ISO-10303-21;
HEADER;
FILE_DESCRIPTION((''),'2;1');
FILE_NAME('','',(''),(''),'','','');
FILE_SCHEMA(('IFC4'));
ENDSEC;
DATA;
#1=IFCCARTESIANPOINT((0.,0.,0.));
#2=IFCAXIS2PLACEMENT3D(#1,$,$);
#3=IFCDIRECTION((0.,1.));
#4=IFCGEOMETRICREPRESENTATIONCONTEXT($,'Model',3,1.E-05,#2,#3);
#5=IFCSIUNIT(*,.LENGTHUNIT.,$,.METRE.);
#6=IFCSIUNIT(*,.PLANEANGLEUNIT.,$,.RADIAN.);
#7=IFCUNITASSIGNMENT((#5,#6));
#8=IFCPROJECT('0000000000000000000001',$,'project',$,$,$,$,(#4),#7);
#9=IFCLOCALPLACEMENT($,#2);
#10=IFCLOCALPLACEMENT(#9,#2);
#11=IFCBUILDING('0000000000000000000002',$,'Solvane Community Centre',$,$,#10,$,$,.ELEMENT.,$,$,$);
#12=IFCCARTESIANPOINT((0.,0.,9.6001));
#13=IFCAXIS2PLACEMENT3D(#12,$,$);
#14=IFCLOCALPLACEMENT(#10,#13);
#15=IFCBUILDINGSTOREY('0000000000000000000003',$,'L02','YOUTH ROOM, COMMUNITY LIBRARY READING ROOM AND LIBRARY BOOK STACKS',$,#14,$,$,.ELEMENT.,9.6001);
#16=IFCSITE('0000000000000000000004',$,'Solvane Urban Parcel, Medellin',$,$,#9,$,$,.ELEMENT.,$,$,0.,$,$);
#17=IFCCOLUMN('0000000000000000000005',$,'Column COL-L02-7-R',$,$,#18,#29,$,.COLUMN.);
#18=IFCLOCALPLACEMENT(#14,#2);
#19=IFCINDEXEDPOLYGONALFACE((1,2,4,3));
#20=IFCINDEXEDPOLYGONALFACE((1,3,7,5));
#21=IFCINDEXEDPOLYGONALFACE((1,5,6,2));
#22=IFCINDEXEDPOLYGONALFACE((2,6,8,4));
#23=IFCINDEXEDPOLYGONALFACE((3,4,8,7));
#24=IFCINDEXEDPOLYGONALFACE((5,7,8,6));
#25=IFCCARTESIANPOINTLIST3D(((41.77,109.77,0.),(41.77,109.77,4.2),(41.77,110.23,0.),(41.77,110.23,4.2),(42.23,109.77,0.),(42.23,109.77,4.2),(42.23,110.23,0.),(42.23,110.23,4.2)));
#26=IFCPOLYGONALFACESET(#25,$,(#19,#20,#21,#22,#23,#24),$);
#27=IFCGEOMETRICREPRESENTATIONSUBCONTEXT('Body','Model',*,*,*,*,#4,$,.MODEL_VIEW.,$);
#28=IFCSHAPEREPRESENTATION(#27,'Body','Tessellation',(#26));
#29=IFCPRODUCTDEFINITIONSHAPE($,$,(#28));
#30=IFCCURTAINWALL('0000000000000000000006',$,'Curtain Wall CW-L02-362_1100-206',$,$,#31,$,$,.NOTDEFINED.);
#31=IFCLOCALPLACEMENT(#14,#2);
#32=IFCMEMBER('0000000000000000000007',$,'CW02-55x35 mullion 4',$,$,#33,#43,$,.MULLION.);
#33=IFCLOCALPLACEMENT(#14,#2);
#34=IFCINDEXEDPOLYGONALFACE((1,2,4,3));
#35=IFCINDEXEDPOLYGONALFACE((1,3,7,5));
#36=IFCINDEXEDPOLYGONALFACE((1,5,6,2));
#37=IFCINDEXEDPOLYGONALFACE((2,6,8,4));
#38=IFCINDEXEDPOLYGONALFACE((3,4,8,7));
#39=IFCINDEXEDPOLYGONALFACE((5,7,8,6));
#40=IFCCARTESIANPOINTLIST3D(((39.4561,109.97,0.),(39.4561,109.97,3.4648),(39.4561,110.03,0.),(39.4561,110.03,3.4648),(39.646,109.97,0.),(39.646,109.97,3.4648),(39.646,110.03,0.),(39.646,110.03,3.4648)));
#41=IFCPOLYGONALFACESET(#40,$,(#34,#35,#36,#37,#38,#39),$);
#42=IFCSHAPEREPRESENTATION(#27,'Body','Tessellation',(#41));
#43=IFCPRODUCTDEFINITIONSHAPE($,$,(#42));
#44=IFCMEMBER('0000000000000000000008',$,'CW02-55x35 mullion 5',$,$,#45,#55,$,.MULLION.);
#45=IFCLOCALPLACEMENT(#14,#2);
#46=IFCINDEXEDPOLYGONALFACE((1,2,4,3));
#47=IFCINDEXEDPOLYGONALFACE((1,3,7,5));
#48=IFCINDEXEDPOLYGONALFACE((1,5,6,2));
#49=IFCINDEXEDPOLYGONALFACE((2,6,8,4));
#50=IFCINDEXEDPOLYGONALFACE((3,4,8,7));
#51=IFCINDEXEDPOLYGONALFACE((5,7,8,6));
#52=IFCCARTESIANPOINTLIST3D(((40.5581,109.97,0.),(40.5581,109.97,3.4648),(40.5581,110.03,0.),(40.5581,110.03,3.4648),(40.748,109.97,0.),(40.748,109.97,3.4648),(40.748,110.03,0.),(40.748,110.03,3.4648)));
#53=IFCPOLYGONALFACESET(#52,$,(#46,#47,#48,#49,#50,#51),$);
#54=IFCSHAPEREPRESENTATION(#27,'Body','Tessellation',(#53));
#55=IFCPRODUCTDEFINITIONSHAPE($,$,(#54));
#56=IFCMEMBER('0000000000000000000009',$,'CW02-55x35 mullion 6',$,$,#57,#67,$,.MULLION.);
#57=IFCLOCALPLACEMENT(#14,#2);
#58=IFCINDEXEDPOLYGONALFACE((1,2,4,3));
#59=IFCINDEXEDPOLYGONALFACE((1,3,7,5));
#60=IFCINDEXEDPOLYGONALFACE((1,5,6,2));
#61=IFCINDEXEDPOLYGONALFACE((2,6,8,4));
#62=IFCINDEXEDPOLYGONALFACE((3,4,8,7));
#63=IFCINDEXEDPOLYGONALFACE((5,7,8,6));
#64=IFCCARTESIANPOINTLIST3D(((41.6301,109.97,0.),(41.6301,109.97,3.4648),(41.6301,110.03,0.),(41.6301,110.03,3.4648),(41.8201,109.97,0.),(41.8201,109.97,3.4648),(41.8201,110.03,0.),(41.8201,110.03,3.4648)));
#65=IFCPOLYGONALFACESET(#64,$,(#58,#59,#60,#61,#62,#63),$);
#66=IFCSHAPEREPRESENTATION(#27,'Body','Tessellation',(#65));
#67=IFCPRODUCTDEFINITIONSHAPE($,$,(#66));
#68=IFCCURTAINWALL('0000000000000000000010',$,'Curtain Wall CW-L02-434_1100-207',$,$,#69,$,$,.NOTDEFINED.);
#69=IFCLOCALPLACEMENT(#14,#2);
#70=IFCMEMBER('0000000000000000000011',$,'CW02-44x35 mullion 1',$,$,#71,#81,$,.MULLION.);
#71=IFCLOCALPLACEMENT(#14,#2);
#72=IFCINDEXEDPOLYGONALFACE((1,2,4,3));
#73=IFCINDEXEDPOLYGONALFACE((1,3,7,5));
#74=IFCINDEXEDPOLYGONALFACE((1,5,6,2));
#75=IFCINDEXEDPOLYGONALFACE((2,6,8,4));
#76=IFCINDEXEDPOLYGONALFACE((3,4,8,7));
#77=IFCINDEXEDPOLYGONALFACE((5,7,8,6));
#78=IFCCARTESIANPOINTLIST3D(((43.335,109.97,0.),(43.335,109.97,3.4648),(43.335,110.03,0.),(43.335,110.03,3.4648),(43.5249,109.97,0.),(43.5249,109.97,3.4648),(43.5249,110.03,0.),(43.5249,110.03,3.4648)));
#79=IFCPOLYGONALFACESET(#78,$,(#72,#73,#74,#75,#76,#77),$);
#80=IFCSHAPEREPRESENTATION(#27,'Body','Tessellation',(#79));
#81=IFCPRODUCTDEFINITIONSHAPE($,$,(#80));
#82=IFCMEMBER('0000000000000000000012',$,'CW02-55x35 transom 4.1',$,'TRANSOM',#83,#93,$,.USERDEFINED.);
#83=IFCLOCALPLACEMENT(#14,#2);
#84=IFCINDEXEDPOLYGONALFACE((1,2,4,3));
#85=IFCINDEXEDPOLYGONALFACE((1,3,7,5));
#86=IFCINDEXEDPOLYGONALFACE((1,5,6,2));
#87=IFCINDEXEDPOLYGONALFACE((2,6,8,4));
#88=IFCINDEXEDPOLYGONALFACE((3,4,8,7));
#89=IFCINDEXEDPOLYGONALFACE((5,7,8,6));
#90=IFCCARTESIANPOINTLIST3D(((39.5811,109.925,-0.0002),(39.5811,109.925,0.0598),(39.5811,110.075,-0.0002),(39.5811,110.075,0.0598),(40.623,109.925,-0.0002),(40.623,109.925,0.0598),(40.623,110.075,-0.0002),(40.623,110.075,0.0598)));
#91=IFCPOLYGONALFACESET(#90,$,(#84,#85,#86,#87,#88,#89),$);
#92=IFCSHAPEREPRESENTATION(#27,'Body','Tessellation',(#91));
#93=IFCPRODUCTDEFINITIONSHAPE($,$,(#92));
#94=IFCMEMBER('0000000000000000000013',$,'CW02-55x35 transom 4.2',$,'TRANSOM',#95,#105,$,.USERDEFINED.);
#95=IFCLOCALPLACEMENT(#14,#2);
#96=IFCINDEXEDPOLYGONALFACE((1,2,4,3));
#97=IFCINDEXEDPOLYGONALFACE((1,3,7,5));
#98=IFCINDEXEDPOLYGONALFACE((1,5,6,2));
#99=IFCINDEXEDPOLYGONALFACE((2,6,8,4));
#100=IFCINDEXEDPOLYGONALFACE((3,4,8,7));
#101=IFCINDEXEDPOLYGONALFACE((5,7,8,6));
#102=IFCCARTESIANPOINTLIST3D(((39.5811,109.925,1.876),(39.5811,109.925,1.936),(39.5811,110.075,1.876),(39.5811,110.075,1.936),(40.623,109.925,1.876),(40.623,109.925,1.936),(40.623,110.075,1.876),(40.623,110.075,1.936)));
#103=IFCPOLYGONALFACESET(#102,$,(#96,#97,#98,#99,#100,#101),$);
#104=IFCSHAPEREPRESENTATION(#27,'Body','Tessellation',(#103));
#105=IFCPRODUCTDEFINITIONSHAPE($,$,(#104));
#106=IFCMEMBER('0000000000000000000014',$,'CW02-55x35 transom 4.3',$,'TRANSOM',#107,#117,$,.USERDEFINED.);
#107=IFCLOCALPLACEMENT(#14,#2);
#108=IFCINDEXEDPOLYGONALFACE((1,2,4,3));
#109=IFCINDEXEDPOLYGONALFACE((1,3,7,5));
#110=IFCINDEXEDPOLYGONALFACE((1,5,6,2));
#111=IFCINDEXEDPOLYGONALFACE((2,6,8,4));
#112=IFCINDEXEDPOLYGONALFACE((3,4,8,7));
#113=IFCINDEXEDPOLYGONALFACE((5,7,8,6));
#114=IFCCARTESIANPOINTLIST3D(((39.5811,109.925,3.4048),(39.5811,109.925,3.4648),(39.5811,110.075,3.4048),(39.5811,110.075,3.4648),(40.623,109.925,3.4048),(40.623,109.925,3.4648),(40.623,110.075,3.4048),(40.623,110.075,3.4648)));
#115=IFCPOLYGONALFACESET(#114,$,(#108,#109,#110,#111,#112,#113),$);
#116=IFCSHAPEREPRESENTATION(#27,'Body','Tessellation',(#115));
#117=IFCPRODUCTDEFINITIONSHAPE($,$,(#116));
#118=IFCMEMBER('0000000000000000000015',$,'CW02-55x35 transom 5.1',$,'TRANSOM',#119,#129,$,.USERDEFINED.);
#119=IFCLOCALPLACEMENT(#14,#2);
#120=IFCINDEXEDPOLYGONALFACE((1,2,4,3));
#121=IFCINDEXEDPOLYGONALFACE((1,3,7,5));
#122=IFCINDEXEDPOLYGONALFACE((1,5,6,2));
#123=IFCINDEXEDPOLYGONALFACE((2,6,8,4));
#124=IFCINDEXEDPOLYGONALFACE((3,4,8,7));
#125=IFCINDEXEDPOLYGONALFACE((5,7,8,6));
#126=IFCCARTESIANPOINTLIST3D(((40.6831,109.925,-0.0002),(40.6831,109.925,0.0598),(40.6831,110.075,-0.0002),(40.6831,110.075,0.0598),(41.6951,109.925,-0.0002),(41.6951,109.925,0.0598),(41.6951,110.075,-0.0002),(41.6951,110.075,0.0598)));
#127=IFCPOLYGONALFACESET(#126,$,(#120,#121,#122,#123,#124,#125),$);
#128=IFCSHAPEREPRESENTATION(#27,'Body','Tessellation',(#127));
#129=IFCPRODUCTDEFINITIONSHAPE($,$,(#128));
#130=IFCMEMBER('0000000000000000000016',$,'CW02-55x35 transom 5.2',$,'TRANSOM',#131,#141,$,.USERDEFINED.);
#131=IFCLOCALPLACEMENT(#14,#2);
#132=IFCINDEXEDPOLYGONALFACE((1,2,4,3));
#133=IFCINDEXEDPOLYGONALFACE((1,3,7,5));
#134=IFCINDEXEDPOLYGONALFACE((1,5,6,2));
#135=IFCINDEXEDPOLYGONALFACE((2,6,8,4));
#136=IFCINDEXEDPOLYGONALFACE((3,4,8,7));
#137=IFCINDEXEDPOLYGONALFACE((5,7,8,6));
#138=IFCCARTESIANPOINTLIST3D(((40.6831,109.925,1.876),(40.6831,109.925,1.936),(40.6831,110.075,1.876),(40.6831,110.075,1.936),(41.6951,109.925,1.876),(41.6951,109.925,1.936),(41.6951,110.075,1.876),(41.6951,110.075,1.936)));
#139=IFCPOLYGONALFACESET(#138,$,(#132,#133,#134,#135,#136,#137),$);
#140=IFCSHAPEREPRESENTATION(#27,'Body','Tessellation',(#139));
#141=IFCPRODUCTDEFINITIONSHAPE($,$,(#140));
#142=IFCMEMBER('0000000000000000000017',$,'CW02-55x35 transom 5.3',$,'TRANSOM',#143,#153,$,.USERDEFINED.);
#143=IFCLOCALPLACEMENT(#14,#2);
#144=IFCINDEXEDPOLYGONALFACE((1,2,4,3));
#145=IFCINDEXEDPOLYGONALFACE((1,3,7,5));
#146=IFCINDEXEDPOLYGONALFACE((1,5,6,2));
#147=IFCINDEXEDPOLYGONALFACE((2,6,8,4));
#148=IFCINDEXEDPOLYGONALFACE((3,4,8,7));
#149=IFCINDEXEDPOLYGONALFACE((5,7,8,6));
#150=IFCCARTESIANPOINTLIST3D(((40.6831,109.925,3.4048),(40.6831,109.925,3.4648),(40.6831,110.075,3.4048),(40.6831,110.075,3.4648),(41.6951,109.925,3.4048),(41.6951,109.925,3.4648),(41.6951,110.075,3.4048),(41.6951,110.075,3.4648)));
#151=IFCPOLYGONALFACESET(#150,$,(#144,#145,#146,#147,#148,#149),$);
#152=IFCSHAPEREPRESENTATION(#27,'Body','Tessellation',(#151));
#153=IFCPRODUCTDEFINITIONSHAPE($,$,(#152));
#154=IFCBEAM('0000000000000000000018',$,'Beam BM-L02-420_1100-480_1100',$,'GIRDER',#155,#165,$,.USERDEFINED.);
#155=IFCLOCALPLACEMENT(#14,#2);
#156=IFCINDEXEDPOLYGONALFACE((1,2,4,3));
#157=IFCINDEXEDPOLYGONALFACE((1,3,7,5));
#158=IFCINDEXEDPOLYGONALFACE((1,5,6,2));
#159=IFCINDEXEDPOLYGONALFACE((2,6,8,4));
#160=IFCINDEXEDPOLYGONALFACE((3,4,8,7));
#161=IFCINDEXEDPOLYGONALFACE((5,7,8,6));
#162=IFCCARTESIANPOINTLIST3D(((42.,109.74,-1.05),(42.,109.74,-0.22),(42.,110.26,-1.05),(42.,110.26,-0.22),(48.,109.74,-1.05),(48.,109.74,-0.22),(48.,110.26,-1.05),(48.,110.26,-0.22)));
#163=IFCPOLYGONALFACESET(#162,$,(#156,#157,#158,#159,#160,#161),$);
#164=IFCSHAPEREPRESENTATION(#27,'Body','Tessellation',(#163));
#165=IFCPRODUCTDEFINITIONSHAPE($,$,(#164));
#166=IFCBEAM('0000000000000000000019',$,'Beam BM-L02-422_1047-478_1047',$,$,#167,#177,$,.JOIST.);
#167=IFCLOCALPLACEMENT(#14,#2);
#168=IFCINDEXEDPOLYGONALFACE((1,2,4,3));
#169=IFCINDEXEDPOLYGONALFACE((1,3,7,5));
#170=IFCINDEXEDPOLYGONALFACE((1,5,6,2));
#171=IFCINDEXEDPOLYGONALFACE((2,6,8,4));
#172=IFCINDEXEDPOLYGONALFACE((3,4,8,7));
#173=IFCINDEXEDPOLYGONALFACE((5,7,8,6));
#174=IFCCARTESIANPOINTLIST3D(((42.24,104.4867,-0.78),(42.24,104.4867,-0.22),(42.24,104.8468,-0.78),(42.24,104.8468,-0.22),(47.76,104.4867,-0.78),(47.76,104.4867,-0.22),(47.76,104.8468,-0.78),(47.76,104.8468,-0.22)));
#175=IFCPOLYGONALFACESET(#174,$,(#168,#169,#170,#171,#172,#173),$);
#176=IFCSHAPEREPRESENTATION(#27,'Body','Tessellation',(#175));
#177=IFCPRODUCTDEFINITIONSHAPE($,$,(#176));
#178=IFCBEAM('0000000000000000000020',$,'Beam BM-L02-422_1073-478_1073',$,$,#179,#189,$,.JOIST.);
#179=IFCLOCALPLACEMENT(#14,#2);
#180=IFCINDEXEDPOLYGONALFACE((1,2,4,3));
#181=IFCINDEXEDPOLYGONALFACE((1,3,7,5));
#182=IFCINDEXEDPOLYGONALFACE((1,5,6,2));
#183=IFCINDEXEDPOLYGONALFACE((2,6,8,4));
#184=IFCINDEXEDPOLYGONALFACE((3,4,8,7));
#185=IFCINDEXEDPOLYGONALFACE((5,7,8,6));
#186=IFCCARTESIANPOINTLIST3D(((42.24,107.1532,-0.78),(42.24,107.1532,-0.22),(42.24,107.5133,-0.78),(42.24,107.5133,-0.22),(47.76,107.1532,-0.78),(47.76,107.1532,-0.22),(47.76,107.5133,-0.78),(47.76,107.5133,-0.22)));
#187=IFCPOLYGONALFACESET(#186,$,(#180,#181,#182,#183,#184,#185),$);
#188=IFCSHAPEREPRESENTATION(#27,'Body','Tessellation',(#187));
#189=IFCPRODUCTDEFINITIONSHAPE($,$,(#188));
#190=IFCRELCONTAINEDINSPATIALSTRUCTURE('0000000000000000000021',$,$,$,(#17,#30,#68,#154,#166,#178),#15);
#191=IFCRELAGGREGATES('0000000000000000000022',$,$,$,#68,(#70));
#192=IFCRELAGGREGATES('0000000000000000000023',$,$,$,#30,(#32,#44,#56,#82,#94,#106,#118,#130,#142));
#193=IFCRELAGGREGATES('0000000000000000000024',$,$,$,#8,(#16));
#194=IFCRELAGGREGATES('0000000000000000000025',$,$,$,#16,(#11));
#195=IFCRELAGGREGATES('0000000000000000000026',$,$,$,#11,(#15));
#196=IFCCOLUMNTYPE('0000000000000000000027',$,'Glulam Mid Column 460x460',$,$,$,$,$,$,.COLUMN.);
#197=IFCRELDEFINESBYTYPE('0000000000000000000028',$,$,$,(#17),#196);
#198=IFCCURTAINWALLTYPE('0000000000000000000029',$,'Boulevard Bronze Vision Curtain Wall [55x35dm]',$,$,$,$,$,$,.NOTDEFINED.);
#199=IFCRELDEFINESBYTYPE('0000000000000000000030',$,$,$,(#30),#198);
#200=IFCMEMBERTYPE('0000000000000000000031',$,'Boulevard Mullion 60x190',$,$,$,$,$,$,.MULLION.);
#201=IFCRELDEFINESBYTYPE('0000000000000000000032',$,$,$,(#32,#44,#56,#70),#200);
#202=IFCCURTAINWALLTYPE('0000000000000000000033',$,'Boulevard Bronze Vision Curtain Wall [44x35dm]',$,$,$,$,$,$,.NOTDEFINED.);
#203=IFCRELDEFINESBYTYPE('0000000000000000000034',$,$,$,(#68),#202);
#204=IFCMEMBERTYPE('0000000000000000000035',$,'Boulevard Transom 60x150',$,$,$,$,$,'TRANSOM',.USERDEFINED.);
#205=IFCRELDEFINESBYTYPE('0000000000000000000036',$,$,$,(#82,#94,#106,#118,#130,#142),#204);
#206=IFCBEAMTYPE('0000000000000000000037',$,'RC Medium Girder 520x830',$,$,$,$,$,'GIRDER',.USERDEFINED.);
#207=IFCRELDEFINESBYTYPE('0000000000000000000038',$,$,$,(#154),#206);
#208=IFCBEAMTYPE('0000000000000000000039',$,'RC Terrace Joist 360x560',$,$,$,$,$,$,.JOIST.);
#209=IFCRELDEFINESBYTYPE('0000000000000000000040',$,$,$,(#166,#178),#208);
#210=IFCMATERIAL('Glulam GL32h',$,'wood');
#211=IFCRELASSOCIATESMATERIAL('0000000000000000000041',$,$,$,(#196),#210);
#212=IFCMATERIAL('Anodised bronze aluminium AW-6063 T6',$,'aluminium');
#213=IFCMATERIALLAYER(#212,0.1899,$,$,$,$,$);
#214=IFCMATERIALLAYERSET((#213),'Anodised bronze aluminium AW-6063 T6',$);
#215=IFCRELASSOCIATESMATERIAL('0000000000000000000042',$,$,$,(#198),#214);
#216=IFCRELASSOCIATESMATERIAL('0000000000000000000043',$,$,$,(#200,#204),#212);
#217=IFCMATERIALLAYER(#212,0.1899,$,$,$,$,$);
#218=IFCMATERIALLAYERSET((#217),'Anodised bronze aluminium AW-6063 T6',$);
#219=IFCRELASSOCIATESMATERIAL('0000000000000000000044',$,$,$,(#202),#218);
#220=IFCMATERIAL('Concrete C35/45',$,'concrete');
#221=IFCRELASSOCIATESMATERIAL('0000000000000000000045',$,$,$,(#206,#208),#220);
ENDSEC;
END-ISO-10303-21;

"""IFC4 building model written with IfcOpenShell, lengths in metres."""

from ifc_helpers import new_model, si_unit, direction, frame, origin, origin_2d, place, context, subcontext, project, spatial, rectangle, extrude, material, layer, layer_set, material_profile, profile_set, type_object, element, aggregate, save


model = new_model("IFC4")

# Units and contexts
model_context = context("Model", 3, precision=1e-05, world=origin(), true_north=direction((0.0, 1.0)))
body_context = subcontext(model_context, "Body", "Model", "MODEL_VIEW")
ifc_project = project(units=[si_unit("LENGTHUNIT", "METRE"), si_unit("PLANEANGLEUNIT", "RADIAN")], contexts=[model_context])

# Site, building, storey
site_placement = place(None, origin())
site = spatial("IfcSite", under=ifc_project, at=site_placement, Name="Solvane Urban Parcel, Medellin", CompositionType="ELEMENT", RefElevation=0.0)
building_placement = place(site_placement, origin())
building = spatial("IfcBuilding", under=site, at=building_placement, Name="Solvane Community Centre", CompositionType="ELEMENT")
storey_placement = place(building_placement, frame((0.0, 0.0, 9.6001)))
storey = spatial("IfcBuildingStorey", under=building, at=storey_placement, Name="L02", Description="YOUTH ROOM, COMMUNITY LIBRARY READING ROOM AND LIBRARY BOOK STACKS", CompositionType="ELEMENT", Elevation=9.6001)

# Column
ifc_material_1 = material(Name="Glulam GL32h", Category="wood")
ifc_material_profile_1 = material_profile(ifc_material_1, rectangle(XDim=0.46, YDim=0.46, at=origin_2d()), Name="GL32h 460x460")
ifc_profile_set_1 = profile_set([ifc_material_profile_1], Name="Glulam GL32h")
column_type = type_object("IfcColumnType", Name="Glulam Mid Column 460x460", PredefinedType="COLUMN", material=ifc_profile_set_1)
column_placement = place(storey_placement, frame((42.0, 110.0, 0.0), z_axis=(0.0, 0.0, 1.0), x_axis=(1.0, 0.0, 0.0)))
element("IfcColumn", 1, at=column_placement, inside=storey, type_object=column_type, Name="Column COL-L02-7-R", PredefinedType="COLUMN", context=body_context, shape_type="SweptSolid", body=[
    extrude(rectangle(XDim=0.46, YDim=0.46, at=origin_2d()), origin(), (0.0, 0.0, 1.0), 4.2),
])

# Curtain wall, members
ifc_material_2 = material(Name="Anodised bronze aluminium AW-6063 T6", Category="aluminium")
ifc_layer_1 = layer(ifc_material_2, 0.1899)
ifc_layer_set_1 = layer_set([ifc_layer_1], Name="Anodised bronze aluminium AW-6063 T6")
curtain_wall_type_1 = type_object("IfcCurtainWallType", Name="Boulevard Bronze Vision Curtain Wall [55x35dm]", PredefinedType="NOTDEFINED", material=ifc_layer_set_1)
curtain_wall_1_placement = place(storey_placement, origin())
curtain_wall_1 = element("IfcCurtainWall", 2, at=curtain_wall_1_placement, inside=storey, type_object=curtain_wall_type_1, Name="Curtain Wall CW-L02-362_1100-206", PredefinedType="NOTDEFINED")
ifc_material_profile_2 = material_profile(ifc_material_2, rectangle(XDim=0.0601, YDim=0.1899, at=origin_2d()), Name="CW-M 60x190")
ifc_profile_set_2 = profile_set([ifc_material_profile_2], Name="Anodised bronze aluminium AW-6063 T6")
member_type_1 = type_object("IfcMemberType", Name="Boulevard Mullion 60x190", PredefinedType="MULLION", material=ifc_profile_set_2)
member_1_placement = place(storey_placement, frame((39.551, 110.0, 0.0), z_axis=(0.0, 0.0, 1.0), x_axis=(0.0, 1.0, 0.0)))
member_1 = element("IfcMember", 3, at=member_1_placement, type_object=member_type_1, Name="CW02-55x35 mullion 4", PredefinedType="MULLION", context=body_context, shape_type="SweptSolid", body=[
    extrude(rectangle(XDim=0.0601, YDim=0.1899, at=origin_2d()), origin(), (0.0, 0.0, 1.0), 3.4648),
])
member_2_placement = place(storey_placement, frame((40.6531, 110.0, 0.0), z_axis=(0.0, 0.0, 1.0), x_axis=(0.0, 1.0, 0.0)))
member_2 = element("IfcMember", 4, at=member_2_placement, type_object=member_type_1, Name="CW02-55x35 mullion 5", PredefinedType="MULLION", context=body_context, shape_type="SweptSolid", body=[
    extrude(rectangle(XDim=0.0601, YDim=0.1899, at=origin_2d()), origin(), (0.0, 0.0, 1.0), 3.4648),
])
member_3_placement = place(storey_placement, frame((41.7251, 110.0, 0.0), z_axis=(0.0, 0.0, 1.0), x_axis=(0.0, 1.0, 0.0)))
member_3 = element("IfcMember", 5, at=member_3_placement, type_object=member_type_1, Name="CW02-55x35 mullion 6", PredefinedType="MULLION", context=body_context, shape_type="SweptSolid", body=[
    extrude(rectangle(XDim=0.0601, YDim=0.1899, at=origin_2d()), origin(), (0.0, 0.0, 1.0), 3.4648),
])

# Curtain wall, member
ifc_layer_2 = layer(ifc_material_2, 0.1899)
ifc_layer_set_2 = layer_set([ifc_layer_2], Name="Anodised bronze aluminium AW-6063 T6")
curtain_wall_type_2 = type_object("IfcCurtainWallType", Name="Boulevard Bronze Vision Curtain Wall [44x35dm]", PredefinedType="NOTDEFINED", material=ifc_layer_set_2)
curtain_wall_2_placement = place(storey_placement, origin())
curtain_wall_2 = element("IfcCurtainWall", 6, at=curtain_wall_2_placement, inside=storey, type_object=curtain_wall_type_2, Name="Curtain Wall CW-L02-434_1100-207", PredefinedType="NOTDEFINED")
member_4_placement = place(storey_placement, frame((43.4299, 110.0, 0.0), z_axis=(0.0, 0.0, 1.0), x_axis=(0.0, 1.0, 0.0)))
member_4 = element("IfcMember", 7, at=member_4_placement, type_object=member_type_1, Name="CW02-44x35 mullion 1", PredefinedType="MULLION", context=body_context, shape_type="SweptSolid", body=[
    extrude(rectangle(XDim=0.0601, YDim=0.1899, at=origin_2d()), origin(), (0.0, 0.0, 1.0), 3.4648),
])
aggregate(curtain_wall_2, [member_4])

# Members
ifc_material_profile_3 = material_profile(ifc_material_2, rectangle(XDim=0.1499, YDim=0.0601, at=origin_2d()), Name="CW-T 60x150")
ifc_profile_set_3 = profile_set([ifc_material_profile_3], Name="Anodised bronze aluminium AW-6063 T6")
member_type_2 = type_object("IfcMemberType", Name="Boulevard Transom 60x150", ElementType="TRANSOM", PredefinedType="USERDEFINED", material=ifc_profile_set_3)
member_5_placement = place(storey_placement, frame((39.5811, 110.0, 0.0298), z_axis=(1.0, 0.0, 0.0), x_axis=(0.0, 1.0, 0.0)))
member_5 = element("IfcMember", 8, at=member_5_placement, type_object=member_type_2, Name="CW02-55x35 transom 4.1", ObjectType="TRANSOM", PredefinedType="USERDEFINED", context=body_context, shape_type="SweptSolid", body=[
    extrude(rectangle(XDim=0.1499, YDim=0.0601, at=origin_2d()), origin(), (0.0, 0.0, 1.0), 1.042),
])
member_6_placement = place(storey_placement, frame((39.5811, 110.0, 1.906), z_axis=(1.0, 0.0, 0.0), x_axis=(0.0, 1.0, 0.0)))
member_6 = element("IfcMember", 9, at=member_6_placement, type_object=member_type_2, Name="CW02-55x35 transom 4.2", ObjectType="TRANSOM", PredefinedType="USERDEFINED", context=body_context, shape_type="SweptSolid", body=[
    extrude(rectangle(XDim=0.1499, YDim=0.0601, at=origin_2d()), origin(), (0.0, 0.0, 1.0), 1.042),
])
member_7_placement = place(storey_placement, frame((39.5811, 110.0, 3.4348), z_axis=(1.0, 0.0, 0.0), x_axis=(0.0, 1.0, 0.0)))
member_7 = element("IfcMember", 10, at=member_7_placement, type_object=member_type_2, Name="CW02-55x35 transom 4.3", ObjectType="TRANSOM", PredefinedType="USERDEFINED", context=body_context, shape_type="SweptSolid", body=[
    extrude(rectangle(XDim=0.1499, YDim=0.0601, at=origin_2d()), origin(), (0.0, 0.0, 1.0), 1.042),
])
member_8_placement = place(storey_placement, frame((40.6831, 110.0, 0.0298), z_axis=(1.0, 0.0, 0.0), x_axis=(0.0, 1.0, 0.0)))
member_8 = element("IfcMember", 11, at=member_8_placement, type_object=member_type_2, Name="CW02-55x35 transom 5.1", ObjectType="TRANSOM", PredefinedType="USERDEFINED", context=body_context, shape_type="SweptSolid", body=[
    extrude(rectangle(XDim=0.1499, YDim=0.0601, at=origin_2d()), origin(), (0.0, 0.0, 1.0), 1.012),
])
member_9_placement = place(storey_placement, frame((40.6831, 110.0, 1.906), z_axis=(1.0, 0.0, 0.0), x_axis=(0.0, 1.0, 0.0)))
member_9 = element("IfcMember", 12, at=member_9_placement, type_object=member_type_2, Name="CW02-55x35 transom 5.2", ObjectType="TRANSOM", PredefinedType="USERDEFINED", context=body_context, shape_type="SweptSolid", body=[
    extrude(rectangle(XDim=0.1499, YDim=0.0601, at=origin_2d()), origin(), (0.0, 0.0, 1.0), 1.012),
])
member_10_placement = place(storey_placement, frame((40.6831, 110.0, 3.4348), z_axis=(1.0, 0.0, 0.0), x_axis=(0.0, 1.0, 0.0)))
member_10 = element("IfcMember", 13, at=member_10_placement, type_object=member_type_2, Name="CW02-55x35 transom 5.3", ObjectType="TRANSOM", PredefinedType="USERDEFINED", context=body_context, shape_type="SweptSolid", body=[
    extrude(rectangle(XDim=0.1499, YDim=0.0601, at=origin_2d()), origin(), (0.0, 0.0, 1.0), 1.012),
])

# Beams
ifc_material_3 = material(Name="Concrete C35/45", Category="concrete")
ifc_material_profile_4 = material_profile(ifc_material_3, rectangle(XDim=0.52, YDim=0.8301, at=origin_2d()), Name="RC 520x830")
ifc_profile_set_4 = profile_set([ifc_material_profile_4], Name="Concrete C35/45")
beam_type_1 = type_object("IfcBeamType", Name="RC Medium Girder 520x830", ElementType="GIRDER", PredefinedType="USERDEFINED", material=ifc_profile_set_4)
beam_placement = place(storey_placement, frame((42.0, 110.0, -0.635), z_axis=(1.0, 0.0, 0.0), x_axis=(0.0, 1.0, 0.0)))
element("IfcBeam", 14, at=beam_placement, inside=storey, type_object=beam_type_1, Name="Beam BM-L02-420_1100-480_1100", ObjectType="GIRDER", PredefinedType="USERDEFINED", context=body_context, shape_type="SweptSolid", body=[
    extrude(rectangle(XDim=0.52, YDim=0.8301, at=origin_2d()), origin(), (0.0, 0.0, 1.0), 6.0),
])
ifc_material_profile_5 = material_profile(ifc_material_3, rectangle(XDim=0.3601, YDim=0.5601, at=origin_2d()), Name="RC 360x560")
ifc_profile_set_5 = profile_set([ifc_material_profile_5], Name="Concrete C35/45")
beam_type_2 = type_object("IfcBeamType", Name="RC Terrace Joist 360x560", PredefinedType="JOIST", material=ifc_profile_set_5)
for number, where, z_axis, x_axis, name in (
    (15, (42.24, 104.6667, -0.5), (1.0, 0.0, 0.0), (0.0, 1.0, 0.0), "Beam BM-L02-422_1047-478_1047"),
    (16, (42.24, 107.3333, -0.5), (1.0, 0.0, 0.0), (0.0, 1.0, 0.0), "Beam BM-L02-422_1073-478_1073"),
):
    element("IfcBeam", number, at=place(storey_placement, frame(where, z_axis=z_axis, x_axis=x_axis)), inside=storey, type_object=beam_type_2, Name=name, PredefinedType="JOIST", context=body_context, shape_type="SweptSolid", body=[
        extrude(rectangle(XDim=0.3601, YDim=0.5601, at=origin_2d()), origin(), (0.0, 0.0, 1.0), 5.52),
    ])

aggregate(curtain_wall_1, [member_1, member_2, member_3, member_5, member_6, member_7, member_8, member_9, member_10])

save(model, "model.ifc")
